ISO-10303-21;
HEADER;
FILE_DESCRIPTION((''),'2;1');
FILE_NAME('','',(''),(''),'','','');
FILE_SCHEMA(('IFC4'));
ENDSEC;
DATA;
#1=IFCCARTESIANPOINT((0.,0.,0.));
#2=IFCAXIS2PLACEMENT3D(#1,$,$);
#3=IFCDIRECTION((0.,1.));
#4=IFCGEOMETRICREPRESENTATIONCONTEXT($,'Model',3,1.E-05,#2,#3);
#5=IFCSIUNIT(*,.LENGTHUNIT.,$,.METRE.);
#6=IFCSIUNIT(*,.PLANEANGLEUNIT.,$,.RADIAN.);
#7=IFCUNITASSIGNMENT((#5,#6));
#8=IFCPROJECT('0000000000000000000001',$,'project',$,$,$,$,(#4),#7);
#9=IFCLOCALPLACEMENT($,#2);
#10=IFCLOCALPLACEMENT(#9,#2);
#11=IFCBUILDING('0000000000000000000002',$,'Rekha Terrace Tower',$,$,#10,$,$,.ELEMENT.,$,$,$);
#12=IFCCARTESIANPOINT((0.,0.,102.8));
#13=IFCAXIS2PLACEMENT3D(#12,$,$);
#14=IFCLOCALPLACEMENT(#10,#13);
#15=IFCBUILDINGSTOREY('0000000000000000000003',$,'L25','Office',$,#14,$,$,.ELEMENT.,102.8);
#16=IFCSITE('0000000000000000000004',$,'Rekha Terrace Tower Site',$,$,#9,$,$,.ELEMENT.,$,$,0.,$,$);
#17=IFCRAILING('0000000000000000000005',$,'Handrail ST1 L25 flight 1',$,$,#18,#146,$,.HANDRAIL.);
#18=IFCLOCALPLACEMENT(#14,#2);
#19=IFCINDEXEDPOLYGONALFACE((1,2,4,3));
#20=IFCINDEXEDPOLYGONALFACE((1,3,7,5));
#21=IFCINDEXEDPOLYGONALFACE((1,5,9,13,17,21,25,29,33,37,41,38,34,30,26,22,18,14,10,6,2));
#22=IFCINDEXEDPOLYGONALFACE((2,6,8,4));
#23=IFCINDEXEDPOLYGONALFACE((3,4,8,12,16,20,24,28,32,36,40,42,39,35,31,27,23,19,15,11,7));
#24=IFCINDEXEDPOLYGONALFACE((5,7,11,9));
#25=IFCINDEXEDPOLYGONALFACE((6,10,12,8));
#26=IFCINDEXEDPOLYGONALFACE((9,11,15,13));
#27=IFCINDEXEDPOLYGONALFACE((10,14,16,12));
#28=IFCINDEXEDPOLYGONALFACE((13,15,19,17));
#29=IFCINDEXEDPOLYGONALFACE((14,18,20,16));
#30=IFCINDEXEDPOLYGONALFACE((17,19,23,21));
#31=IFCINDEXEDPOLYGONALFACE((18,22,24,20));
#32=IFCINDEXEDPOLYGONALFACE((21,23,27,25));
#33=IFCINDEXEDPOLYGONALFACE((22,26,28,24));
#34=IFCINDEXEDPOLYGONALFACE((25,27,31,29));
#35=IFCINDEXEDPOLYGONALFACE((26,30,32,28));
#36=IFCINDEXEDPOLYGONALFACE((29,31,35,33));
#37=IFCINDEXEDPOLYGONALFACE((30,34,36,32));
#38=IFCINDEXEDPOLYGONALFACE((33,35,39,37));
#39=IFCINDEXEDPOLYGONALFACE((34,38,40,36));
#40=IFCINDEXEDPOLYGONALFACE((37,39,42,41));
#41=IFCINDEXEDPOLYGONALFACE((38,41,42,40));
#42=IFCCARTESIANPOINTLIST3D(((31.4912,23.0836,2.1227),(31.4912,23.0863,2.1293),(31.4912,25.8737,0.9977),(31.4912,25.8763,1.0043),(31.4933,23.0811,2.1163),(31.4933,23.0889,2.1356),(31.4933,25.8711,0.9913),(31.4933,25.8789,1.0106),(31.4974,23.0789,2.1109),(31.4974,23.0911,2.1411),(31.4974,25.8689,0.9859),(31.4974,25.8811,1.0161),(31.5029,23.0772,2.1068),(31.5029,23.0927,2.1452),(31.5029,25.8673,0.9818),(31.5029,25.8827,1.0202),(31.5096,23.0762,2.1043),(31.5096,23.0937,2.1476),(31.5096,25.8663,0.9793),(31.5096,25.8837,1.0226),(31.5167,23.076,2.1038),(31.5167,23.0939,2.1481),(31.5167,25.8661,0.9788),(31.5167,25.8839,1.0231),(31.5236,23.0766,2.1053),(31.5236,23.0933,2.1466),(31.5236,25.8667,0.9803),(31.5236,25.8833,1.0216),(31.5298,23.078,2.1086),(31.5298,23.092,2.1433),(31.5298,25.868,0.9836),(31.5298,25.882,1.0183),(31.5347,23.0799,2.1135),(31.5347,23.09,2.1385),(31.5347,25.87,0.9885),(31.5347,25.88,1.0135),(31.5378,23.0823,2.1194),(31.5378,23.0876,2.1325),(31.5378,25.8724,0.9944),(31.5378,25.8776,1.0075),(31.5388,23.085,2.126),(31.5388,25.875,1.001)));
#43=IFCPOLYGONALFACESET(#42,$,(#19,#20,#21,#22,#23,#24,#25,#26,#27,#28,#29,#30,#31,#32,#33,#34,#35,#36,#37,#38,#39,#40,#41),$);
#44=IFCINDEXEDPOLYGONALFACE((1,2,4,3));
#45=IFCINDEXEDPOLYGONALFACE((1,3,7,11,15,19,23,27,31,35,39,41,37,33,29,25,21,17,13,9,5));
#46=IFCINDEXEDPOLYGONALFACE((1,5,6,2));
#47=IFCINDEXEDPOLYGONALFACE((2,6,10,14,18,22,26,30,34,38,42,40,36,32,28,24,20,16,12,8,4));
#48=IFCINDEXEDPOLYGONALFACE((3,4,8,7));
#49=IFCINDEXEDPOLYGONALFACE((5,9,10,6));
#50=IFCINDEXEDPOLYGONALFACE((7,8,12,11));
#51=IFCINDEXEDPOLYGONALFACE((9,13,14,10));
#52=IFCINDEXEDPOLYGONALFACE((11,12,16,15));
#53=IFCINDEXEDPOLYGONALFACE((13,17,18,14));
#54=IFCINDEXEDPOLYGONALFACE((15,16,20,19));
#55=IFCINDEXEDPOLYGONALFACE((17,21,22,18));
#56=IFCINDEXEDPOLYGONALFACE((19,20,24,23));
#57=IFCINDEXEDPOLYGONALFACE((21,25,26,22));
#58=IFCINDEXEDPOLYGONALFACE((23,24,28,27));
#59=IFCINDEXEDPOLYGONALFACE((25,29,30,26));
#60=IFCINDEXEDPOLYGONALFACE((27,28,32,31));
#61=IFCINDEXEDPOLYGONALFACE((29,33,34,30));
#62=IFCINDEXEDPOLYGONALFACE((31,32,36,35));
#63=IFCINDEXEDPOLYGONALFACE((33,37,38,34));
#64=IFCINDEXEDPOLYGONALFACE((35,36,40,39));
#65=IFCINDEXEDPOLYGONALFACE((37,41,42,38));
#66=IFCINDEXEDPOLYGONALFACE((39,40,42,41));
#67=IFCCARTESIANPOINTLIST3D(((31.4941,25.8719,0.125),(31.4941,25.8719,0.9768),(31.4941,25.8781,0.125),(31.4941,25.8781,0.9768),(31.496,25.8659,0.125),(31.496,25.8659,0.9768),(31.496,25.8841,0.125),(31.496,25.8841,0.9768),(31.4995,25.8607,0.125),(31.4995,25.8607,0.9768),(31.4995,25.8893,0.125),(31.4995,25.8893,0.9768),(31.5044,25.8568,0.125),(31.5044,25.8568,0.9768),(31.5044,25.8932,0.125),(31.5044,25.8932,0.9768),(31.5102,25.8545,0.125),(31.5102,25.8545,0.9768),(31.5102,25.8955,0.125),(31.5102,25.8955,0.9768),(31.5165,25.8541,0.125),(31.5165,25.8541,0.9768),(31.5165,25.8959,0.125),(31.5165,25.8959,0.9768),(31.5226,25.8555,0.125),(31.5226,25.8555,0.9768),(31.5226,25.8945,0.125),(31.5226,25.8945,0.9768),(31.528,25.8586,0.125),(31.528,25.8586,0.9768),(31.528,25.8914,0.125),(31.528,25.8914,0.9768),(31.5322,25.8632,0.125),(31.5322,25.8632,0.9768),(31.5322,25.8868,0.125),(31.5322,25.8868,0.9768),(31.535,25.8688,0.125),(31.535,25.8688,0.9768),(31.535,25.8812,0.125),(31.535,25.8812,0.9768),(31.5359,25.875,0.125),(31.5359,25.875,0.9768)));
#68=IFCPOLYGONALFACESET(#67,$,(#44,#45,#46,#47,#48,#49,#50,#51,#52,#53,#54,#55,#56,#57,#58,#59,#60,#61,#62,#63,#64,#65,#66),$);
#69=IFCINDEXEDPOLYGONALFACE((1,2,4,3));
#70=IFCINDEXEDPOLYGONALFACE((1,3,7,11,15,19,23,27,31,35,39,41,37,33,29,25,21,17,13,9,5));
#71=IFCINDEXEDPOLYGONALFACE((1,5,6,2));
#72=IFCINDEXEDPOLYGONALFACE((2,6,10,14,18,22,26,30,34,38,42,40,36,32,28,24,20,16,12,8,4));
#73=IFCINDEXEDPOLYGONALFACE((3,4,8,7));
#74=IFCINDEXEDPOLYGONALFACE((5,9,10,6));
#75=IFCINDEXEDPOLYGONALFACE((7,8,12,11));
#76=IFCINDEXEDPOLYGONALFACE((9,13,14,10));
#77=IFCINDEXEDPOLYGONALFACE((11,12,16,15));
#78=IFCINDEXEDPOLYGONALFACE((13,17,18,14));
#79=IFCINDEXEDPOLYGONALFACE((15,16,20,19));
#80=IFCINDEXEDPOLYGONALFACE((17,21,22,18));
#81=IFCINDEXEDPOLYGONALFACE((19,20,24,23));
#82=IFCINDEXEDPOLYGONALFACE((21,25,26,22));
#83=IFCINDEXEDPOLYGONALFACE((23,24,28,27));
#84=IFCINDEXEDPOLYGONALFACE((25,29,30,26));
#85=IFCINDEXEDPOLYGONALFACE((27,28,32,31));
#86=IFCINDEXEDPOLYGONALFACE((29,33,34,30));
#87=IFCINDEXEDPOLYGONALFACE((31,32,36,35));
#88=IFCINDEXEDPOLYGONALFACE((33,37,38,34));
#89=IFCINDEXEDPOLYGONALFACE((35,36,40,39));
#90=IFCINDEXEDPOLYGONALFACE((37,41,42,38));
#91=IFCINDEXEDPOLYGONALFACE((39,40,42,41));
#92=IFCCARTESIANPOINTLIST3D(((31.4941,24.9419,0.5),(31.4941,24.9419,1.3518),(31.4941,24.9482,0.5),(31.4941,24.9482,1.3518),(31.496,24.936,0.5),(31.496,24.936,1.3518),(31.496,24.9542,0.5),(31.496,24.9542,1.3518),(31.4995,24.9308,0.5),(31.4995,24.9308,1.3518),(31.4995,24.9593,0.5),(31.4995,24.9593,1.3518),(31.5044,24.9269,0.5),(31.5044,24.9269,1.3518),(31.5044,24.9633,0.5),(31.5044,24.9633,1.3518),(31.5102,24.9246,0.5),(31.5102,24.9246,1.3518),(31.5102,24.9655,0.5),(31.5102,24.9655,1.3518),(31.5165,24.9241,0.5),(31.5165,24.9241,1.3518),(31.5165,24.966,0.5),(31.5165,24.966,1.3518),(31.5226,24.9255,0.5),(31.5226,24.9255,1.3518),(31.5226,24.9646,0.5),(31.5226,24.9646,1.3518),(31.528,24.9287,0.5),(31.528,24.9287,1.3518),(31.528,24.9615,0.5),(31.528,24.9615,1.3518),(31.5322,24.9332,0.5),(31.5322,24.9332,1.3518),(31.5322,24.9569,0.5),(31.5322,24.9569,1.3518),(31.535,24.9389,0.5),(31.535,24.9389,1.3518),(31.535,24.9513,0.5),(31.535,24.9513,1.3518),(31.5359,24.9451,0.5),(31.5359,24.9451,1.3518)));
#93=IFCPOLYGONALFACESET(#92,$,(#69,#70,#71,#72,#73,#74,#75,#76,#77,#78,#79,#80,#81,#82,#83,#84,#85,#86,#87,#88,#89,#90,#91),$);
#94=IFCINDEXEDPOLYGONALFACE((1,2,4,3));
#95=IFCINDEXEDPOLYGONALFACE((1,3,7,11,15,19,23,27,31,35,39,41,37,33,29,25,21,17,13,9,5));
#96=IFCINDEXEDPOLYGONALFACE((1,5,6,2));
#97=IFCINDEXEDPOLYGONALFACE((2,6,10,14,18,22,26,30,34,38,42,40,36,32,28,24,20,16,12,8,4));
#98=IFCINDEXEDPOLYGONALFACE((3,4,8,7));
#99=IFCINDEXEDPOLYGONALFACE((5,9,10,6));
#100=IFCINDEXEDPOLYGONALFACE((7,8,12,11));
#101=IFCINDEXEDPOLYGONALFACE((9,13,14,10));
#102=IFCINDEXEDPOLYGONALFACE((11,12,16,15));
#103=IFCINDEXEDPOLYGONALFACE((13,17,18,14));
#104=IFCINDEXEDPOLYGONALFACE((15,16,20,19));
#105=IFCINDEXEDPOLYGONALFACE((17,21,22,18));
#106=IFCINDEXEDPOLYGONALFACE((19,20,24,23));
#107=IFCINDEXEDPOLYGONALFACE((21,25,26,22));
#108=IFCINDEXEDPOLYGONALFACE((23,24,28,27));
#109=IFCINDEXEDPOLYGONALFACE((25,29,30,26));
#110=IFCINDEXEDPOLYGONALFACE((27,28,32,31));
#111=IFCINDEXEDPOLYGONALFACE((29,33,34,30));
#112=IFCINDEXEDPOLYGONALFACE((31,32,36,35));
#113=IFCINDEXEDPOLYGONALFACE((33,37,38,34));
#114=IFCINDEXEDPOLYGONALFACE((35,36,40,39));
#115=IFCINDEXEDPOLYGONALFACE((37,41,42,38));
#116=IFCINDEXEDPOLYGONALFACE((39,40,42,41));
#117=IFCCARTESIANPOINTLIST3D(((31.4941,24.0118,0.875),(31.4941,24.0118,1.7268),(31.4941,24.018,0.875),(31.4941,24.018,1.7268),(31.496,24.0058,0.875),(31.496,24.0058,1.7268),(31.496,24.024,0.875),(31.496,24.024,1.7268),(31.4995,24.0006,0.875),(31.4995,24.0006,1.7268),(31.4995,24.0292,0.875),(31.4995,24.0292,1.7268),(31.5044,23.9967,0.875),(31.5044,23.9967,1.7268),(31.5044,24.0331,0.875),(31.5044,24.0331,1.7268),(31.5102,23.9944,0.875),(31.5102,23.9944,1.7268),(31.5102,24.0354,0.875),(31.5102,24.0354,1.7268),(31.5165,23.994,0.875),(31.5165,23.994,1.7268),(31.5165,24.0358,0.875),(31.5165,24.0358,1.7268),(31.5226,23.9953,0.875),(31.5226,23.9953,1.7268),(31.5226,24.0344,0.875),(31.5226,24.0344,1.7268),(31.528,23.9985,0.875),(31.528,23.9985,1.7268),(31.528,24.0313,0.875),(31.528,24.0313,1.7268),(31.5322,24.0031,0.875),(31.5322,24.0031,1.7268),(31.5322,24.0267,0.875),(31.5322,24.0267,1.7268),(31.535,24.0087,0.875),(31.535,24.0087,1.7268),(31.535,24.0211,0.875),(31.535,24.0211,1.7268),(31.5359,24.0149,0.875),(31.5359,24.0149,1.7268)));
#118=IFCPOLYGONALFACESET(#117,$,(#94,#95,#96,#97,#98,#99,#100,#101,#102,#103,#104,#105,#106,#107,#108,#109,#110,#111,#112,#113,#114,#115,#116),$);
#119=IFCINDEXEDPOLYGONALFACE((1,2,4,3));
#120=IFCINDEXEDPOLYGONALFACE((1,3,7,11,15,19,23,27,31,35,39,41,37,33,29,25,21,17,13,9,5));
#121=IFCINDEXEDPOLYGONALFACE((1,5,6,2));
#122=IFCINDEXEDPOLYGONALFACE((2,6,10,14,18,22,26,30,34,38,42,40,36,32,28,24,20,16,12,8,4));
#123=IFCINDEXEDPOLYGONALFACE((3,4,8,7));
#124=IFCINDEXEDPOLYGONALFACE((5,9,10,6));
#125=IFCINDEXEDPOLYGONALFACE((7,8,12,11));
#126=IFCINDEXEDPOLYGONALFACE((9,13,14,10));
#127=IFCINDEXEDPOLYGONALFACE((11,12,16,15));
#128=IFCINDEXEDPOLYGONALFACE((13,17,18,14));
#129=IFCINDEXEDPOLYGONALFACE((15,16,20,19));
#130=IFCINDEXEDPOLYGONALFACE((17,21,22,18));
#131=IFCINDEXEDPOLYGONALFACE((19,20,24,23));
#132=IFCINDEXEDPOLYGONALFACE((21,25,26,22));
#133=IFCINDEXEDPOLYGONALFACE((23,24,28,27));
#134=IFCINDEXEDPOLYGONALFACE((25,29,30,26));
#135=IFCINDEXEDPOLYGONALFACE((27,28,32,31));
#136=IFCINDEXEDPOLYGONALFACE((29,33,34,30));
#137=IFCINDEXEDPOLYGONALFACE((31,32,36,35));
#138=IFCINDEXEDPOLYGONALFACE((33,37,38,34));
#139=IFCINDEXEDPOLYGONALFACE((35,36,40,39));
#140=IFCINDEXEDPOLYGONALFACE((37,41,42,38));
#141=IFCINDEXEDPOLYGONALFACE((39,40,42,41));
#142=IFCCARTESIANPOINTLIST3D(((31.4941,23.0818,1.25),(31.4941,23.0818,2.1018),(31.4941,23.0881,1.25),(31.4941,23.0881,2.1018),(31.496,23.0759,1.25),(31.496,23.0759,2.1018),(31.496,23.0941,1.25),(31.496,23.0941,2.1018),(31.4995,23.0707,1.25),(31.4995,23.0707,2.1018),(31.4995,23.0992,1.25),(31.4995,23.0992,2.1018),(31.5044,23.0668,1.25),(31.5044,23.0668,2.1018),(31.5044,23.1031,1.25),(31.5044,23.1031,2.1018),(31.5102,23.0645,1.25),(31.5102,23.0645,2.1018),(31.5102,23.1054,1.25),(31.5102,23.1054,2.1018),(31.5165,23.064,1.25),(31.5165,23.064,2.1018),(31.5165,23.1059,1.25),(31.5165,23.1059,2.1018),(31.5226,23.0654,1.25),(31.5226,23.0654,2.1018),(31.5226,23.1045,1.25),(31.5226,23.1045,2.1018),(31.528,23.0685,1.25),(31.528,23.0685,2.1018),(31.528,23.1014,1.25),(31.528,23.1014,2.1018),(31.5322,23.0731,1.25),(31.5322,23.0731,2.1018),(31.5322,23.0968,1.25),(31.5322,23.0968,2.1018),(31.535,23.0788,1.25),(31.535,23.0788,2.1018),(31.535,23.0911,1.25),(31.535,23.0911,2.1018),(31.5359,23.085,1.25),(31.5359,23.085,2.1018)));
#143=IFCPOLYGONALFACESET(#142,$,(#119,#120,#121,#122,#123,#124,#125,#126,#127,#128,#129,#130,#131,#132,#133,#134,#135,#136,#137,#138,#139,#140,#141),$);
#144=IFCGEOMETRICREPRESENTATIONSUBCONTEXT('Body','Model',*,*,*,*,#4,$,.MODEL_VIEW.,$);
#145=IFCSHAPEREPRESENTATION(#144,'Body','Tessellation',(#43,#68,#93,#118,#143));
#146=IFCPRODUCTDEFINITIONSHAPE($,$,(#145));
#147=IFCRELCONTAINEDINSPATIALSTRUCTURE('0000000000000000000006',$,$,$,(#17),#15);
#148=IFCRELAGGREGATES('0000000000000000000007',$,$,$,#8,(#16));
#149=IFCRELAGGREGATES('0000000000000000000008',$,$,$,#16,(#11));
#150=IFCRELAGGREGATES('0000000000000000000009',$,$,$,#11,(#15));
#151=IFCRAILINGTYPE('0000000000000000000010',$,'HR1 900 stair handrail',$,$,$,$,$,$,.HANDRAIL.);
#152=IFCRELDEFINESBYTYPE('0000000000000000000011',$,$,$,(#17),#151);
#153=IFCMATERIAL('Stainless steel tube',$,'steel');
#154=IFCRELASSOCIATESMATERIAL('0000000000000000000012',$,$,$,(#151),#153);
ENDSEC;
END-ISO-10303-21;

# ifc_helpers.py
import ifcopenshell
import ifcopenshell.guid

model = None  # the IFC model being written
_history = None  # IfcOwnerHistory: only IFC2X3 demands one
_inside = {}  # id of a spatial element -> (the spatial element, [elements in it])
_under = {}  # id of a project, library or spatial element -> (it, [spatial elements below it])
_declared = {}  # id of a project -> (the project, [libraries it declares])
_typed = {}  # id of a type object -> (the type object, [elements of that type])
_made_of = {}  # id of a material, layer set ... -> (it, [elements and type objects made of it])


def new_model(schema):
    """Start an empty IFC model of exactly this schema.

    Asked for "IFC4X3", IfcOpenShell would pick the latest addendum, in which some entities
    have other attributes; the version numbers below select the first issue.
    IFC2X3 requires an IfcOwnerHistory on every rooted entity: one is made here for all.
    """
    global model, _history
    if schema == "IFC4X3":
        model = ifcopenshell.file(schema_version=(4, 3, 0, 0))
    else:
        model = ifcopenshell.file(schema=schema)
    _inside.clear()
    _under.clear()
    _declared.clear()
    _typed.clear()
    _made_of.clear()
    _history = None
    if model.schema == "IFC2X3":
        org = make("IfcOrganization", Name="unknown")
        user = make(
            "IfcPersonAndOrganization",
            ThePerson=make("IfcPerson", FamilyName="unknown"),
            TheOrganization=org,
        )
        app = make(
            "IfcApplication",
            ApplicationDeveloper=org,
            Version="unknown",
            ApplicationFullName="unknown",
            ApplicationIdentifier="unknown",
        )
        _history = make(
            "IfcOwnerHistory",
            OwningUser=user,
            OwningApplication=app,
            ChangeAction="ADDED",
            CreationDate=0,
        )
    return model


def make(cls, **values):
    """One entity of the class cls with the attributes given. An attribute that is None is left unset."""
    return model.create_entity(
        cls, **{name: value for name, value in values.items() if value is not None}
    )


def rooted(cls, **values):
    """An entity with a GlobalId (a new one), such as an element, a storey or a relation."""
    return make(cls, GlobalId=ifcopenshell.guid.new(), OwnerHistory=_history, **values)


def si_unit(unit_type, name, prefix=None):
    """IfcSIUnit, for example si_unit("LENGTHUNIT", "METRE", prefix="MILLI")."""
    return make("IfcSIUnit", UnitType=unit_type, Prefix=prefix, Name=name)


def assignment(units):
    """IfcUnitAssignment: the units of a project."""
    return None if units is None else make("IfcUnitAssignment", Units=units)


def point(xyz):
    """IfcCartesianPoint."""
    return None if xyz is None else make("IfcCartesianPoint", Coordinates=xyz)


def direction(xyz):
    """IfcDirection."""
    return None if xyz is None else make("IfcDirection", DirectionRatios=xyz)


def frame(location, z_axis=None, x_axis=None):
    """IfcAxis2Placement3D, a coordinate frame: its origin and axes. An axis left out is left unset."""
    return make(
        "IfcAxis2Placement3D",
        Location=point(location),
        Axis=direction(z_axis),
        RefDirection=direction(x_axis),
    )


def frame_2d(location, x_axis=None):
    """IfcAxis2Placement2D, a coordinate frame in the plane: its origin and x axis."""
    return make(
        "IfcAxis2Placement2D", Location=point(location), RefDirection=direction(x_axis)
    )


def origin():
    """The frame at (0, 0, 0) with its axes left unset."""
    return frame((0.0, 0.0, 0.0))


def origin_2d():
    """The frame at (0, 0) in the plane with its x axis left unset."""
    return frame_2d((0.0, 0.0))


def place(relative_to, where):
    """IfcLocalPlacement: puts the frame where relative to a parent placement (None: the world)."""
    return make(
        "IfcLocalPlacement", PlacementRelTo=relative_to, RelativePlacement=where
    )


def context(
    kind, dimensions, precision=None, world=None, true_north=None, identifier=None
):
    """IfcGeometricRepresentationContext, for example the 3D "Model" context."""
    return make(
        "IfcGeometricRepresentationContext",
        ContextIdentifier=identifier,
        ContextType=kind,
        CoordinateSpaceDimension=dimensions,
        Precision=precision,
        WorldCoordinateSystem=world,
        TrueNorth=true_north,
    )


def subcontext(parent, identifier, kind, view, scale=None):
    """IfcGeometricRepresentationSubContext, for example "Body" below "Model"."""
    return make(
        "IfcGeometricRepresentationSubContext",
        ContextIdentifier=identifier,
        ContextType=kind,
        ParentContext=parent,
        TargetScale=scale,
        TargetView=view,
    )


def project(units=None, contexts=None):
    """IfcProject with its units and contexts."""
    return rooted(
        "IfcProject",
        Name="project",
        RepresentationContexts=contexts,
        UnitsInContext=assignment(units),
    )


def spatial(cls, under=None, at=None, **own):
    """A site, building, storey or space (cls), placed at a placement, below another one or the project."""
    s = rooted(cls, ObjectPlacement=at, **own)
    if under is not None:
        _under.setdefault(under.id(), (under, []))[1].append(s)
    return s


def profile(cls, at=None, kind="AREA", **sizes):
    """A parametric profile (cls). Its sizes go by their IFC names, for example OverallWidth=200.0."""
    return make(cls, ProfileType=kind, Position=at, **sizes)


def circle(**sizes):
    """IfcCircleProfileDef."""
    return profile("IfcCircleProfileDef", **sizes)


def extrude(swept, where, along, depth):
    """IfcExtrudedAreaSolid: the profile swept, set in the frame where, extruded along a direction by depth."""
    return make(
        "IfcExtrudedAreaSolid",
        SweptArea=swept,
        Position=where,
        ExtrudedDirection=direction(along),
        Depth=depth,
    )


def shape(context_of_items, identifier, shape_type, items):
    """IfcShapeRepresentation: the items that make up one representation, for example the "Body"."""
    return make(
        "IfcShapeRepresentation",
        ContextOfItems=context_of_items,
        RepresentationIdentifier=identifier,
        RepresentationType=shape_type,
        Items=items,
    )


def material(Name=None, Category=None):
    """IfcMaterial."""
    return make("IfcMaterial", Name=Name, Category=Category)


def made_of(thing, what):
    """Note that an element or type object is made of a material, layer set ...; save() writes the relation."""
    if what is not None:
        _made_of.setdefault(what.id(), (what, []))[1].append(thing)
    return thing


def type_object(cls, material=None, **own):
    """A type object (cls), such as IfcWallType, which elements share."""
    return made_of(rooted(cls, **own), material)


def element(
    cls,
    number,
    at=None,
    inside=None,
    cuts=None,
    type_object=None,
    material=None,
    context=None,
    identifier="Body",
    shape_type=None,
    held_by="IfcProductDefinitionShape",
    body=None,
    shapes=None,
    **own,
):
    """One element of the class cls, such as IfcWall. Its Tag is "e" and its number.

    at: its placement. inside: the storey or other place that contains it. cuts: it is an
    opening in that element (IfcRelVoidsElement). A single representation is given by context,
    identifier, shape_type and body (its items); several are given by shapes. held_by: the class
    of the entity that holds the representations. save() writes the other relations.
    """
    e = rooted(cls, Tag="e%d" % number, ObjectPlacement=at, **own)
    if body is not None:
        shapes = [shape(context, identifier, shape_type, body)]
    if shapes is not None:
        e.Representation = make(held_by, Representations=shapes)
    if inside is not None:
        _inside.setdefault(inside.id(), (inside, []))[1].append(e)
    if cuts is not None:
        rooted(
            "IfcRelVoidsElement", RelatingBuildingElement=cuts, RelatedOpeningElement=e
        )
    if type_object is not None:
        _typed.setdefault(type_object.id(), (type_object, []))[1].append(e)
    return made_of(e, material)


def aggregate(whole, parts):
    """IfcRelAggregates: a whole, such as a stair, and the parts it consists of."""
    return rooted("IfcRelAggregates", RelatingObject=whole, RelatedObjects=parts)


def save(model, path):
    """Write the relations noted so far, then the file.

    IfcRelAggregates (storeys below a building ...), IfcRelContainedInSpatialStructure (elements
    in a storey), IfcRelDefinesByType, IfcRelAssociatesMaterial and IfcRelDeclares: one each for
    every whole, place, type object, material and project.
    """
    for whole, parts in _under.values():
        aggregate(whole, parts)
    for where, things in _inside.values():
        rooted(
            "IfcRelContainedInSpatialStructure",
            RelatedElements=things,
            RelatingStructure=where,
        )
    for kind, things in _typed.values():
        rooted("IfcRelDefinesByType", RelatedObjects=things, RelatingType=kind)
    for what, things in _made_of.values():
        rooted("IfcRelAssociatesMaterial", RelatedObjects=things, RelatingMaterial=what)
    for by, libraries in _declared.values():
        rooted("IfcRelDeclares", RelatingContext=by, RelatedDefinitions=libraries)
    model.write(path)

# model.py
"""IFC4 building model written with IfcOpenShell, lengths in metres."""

from ifc_helpers import new_model, si_unit, direction, frame, origin, origin_2d, place, context, subcontext, project, spatial, circle, extrude, material, type_object, element, save


model = new_model("IFC4")

# Units and contexts
model_context = context("Model", 3, precision=1e-05, world=origin(), true_north=direction((0.0, 1.0)))
body_context = subcontext(model_context, "Body", "Model", "MODEL_VIEW")
ifc_project = project(units=[si_unit("LENGTHUNIT", "METRE"), si_unit("PLANEANGLEUNIT", "RADIAN")], contexts=[model_context])

# Site, building, storey
site_placement = place(None, origin())
site = spatial("IfcSite", under=ifc_project, at=site_placement, Name="Rekha Terrace Tower Site", CompositionType="ELEMENT", RefElevation=0.0)
building_placement = place(site_placement, origin())
building = spatial("IfcBuilding", under=site, at=building_placement, Name="Rekha Terrace Tower", CompositionType="ELEMENT")
storey_placement = place(building_placement, frame((0.0, 0.0, 102.8)))
storey = spatial("IfcBuildingStorey", under=building, at=storey_placement, Name="L25", Description="Office", CompositionType="ELEMENT", Elevation=102.8)

# Railing
ifc_material_1 = material(Name="Stainless steel tube", Category="steel")
railing_type = type_object("IfcRailingType", Name="HR1 900 stair handrail", PredefinedType="HANDRAIL", material=ifc_material_1)
railing_placement = place(storey_placement, frame((31.5149, 25.875, 0.125)))
element("IfcRailing", 1, at=railing_placement, inside=storey, type_object=railing_type, Name="Handrail ST1 L25 flight 1", PredefinedType="HANDRAIL", context=body_context, shape_type="SweptSolid", body=[
    extrude(circle(Radius=0.0239, at=origin_2d()), frame((0.0, 0.0, 0.876), z_axis=(0.0, -0.927443, 0.373964), x_axis=(1.0, 0.0, 0.0)), (0.0, 0.0, 1.0), 3.0083),
    extrude(circle(Radius=0.021, at=origin_2d()), origin(), (0.0, 0.0, 1.0), 0.8518),
    extrude(circle(Radius=0.021, at=origin_2d()), frame((0.0, -0.9299, 0.375)), (0.0, 0.0, 1.0), 0.8518),
    extrude(circle(Radius=0.021, at=origin_2d()), frame((0.0, -1.8601, 0.75)), (0.0, 0.0, 1.0), 0.8518),
    extrude(circle(Radius=0.021, at=origin_2d()), frame((0.0, -2.79, 1.125)), (0.0, 0.0, 1.0), 0.8518),
])

save(model, "model.ifc")
